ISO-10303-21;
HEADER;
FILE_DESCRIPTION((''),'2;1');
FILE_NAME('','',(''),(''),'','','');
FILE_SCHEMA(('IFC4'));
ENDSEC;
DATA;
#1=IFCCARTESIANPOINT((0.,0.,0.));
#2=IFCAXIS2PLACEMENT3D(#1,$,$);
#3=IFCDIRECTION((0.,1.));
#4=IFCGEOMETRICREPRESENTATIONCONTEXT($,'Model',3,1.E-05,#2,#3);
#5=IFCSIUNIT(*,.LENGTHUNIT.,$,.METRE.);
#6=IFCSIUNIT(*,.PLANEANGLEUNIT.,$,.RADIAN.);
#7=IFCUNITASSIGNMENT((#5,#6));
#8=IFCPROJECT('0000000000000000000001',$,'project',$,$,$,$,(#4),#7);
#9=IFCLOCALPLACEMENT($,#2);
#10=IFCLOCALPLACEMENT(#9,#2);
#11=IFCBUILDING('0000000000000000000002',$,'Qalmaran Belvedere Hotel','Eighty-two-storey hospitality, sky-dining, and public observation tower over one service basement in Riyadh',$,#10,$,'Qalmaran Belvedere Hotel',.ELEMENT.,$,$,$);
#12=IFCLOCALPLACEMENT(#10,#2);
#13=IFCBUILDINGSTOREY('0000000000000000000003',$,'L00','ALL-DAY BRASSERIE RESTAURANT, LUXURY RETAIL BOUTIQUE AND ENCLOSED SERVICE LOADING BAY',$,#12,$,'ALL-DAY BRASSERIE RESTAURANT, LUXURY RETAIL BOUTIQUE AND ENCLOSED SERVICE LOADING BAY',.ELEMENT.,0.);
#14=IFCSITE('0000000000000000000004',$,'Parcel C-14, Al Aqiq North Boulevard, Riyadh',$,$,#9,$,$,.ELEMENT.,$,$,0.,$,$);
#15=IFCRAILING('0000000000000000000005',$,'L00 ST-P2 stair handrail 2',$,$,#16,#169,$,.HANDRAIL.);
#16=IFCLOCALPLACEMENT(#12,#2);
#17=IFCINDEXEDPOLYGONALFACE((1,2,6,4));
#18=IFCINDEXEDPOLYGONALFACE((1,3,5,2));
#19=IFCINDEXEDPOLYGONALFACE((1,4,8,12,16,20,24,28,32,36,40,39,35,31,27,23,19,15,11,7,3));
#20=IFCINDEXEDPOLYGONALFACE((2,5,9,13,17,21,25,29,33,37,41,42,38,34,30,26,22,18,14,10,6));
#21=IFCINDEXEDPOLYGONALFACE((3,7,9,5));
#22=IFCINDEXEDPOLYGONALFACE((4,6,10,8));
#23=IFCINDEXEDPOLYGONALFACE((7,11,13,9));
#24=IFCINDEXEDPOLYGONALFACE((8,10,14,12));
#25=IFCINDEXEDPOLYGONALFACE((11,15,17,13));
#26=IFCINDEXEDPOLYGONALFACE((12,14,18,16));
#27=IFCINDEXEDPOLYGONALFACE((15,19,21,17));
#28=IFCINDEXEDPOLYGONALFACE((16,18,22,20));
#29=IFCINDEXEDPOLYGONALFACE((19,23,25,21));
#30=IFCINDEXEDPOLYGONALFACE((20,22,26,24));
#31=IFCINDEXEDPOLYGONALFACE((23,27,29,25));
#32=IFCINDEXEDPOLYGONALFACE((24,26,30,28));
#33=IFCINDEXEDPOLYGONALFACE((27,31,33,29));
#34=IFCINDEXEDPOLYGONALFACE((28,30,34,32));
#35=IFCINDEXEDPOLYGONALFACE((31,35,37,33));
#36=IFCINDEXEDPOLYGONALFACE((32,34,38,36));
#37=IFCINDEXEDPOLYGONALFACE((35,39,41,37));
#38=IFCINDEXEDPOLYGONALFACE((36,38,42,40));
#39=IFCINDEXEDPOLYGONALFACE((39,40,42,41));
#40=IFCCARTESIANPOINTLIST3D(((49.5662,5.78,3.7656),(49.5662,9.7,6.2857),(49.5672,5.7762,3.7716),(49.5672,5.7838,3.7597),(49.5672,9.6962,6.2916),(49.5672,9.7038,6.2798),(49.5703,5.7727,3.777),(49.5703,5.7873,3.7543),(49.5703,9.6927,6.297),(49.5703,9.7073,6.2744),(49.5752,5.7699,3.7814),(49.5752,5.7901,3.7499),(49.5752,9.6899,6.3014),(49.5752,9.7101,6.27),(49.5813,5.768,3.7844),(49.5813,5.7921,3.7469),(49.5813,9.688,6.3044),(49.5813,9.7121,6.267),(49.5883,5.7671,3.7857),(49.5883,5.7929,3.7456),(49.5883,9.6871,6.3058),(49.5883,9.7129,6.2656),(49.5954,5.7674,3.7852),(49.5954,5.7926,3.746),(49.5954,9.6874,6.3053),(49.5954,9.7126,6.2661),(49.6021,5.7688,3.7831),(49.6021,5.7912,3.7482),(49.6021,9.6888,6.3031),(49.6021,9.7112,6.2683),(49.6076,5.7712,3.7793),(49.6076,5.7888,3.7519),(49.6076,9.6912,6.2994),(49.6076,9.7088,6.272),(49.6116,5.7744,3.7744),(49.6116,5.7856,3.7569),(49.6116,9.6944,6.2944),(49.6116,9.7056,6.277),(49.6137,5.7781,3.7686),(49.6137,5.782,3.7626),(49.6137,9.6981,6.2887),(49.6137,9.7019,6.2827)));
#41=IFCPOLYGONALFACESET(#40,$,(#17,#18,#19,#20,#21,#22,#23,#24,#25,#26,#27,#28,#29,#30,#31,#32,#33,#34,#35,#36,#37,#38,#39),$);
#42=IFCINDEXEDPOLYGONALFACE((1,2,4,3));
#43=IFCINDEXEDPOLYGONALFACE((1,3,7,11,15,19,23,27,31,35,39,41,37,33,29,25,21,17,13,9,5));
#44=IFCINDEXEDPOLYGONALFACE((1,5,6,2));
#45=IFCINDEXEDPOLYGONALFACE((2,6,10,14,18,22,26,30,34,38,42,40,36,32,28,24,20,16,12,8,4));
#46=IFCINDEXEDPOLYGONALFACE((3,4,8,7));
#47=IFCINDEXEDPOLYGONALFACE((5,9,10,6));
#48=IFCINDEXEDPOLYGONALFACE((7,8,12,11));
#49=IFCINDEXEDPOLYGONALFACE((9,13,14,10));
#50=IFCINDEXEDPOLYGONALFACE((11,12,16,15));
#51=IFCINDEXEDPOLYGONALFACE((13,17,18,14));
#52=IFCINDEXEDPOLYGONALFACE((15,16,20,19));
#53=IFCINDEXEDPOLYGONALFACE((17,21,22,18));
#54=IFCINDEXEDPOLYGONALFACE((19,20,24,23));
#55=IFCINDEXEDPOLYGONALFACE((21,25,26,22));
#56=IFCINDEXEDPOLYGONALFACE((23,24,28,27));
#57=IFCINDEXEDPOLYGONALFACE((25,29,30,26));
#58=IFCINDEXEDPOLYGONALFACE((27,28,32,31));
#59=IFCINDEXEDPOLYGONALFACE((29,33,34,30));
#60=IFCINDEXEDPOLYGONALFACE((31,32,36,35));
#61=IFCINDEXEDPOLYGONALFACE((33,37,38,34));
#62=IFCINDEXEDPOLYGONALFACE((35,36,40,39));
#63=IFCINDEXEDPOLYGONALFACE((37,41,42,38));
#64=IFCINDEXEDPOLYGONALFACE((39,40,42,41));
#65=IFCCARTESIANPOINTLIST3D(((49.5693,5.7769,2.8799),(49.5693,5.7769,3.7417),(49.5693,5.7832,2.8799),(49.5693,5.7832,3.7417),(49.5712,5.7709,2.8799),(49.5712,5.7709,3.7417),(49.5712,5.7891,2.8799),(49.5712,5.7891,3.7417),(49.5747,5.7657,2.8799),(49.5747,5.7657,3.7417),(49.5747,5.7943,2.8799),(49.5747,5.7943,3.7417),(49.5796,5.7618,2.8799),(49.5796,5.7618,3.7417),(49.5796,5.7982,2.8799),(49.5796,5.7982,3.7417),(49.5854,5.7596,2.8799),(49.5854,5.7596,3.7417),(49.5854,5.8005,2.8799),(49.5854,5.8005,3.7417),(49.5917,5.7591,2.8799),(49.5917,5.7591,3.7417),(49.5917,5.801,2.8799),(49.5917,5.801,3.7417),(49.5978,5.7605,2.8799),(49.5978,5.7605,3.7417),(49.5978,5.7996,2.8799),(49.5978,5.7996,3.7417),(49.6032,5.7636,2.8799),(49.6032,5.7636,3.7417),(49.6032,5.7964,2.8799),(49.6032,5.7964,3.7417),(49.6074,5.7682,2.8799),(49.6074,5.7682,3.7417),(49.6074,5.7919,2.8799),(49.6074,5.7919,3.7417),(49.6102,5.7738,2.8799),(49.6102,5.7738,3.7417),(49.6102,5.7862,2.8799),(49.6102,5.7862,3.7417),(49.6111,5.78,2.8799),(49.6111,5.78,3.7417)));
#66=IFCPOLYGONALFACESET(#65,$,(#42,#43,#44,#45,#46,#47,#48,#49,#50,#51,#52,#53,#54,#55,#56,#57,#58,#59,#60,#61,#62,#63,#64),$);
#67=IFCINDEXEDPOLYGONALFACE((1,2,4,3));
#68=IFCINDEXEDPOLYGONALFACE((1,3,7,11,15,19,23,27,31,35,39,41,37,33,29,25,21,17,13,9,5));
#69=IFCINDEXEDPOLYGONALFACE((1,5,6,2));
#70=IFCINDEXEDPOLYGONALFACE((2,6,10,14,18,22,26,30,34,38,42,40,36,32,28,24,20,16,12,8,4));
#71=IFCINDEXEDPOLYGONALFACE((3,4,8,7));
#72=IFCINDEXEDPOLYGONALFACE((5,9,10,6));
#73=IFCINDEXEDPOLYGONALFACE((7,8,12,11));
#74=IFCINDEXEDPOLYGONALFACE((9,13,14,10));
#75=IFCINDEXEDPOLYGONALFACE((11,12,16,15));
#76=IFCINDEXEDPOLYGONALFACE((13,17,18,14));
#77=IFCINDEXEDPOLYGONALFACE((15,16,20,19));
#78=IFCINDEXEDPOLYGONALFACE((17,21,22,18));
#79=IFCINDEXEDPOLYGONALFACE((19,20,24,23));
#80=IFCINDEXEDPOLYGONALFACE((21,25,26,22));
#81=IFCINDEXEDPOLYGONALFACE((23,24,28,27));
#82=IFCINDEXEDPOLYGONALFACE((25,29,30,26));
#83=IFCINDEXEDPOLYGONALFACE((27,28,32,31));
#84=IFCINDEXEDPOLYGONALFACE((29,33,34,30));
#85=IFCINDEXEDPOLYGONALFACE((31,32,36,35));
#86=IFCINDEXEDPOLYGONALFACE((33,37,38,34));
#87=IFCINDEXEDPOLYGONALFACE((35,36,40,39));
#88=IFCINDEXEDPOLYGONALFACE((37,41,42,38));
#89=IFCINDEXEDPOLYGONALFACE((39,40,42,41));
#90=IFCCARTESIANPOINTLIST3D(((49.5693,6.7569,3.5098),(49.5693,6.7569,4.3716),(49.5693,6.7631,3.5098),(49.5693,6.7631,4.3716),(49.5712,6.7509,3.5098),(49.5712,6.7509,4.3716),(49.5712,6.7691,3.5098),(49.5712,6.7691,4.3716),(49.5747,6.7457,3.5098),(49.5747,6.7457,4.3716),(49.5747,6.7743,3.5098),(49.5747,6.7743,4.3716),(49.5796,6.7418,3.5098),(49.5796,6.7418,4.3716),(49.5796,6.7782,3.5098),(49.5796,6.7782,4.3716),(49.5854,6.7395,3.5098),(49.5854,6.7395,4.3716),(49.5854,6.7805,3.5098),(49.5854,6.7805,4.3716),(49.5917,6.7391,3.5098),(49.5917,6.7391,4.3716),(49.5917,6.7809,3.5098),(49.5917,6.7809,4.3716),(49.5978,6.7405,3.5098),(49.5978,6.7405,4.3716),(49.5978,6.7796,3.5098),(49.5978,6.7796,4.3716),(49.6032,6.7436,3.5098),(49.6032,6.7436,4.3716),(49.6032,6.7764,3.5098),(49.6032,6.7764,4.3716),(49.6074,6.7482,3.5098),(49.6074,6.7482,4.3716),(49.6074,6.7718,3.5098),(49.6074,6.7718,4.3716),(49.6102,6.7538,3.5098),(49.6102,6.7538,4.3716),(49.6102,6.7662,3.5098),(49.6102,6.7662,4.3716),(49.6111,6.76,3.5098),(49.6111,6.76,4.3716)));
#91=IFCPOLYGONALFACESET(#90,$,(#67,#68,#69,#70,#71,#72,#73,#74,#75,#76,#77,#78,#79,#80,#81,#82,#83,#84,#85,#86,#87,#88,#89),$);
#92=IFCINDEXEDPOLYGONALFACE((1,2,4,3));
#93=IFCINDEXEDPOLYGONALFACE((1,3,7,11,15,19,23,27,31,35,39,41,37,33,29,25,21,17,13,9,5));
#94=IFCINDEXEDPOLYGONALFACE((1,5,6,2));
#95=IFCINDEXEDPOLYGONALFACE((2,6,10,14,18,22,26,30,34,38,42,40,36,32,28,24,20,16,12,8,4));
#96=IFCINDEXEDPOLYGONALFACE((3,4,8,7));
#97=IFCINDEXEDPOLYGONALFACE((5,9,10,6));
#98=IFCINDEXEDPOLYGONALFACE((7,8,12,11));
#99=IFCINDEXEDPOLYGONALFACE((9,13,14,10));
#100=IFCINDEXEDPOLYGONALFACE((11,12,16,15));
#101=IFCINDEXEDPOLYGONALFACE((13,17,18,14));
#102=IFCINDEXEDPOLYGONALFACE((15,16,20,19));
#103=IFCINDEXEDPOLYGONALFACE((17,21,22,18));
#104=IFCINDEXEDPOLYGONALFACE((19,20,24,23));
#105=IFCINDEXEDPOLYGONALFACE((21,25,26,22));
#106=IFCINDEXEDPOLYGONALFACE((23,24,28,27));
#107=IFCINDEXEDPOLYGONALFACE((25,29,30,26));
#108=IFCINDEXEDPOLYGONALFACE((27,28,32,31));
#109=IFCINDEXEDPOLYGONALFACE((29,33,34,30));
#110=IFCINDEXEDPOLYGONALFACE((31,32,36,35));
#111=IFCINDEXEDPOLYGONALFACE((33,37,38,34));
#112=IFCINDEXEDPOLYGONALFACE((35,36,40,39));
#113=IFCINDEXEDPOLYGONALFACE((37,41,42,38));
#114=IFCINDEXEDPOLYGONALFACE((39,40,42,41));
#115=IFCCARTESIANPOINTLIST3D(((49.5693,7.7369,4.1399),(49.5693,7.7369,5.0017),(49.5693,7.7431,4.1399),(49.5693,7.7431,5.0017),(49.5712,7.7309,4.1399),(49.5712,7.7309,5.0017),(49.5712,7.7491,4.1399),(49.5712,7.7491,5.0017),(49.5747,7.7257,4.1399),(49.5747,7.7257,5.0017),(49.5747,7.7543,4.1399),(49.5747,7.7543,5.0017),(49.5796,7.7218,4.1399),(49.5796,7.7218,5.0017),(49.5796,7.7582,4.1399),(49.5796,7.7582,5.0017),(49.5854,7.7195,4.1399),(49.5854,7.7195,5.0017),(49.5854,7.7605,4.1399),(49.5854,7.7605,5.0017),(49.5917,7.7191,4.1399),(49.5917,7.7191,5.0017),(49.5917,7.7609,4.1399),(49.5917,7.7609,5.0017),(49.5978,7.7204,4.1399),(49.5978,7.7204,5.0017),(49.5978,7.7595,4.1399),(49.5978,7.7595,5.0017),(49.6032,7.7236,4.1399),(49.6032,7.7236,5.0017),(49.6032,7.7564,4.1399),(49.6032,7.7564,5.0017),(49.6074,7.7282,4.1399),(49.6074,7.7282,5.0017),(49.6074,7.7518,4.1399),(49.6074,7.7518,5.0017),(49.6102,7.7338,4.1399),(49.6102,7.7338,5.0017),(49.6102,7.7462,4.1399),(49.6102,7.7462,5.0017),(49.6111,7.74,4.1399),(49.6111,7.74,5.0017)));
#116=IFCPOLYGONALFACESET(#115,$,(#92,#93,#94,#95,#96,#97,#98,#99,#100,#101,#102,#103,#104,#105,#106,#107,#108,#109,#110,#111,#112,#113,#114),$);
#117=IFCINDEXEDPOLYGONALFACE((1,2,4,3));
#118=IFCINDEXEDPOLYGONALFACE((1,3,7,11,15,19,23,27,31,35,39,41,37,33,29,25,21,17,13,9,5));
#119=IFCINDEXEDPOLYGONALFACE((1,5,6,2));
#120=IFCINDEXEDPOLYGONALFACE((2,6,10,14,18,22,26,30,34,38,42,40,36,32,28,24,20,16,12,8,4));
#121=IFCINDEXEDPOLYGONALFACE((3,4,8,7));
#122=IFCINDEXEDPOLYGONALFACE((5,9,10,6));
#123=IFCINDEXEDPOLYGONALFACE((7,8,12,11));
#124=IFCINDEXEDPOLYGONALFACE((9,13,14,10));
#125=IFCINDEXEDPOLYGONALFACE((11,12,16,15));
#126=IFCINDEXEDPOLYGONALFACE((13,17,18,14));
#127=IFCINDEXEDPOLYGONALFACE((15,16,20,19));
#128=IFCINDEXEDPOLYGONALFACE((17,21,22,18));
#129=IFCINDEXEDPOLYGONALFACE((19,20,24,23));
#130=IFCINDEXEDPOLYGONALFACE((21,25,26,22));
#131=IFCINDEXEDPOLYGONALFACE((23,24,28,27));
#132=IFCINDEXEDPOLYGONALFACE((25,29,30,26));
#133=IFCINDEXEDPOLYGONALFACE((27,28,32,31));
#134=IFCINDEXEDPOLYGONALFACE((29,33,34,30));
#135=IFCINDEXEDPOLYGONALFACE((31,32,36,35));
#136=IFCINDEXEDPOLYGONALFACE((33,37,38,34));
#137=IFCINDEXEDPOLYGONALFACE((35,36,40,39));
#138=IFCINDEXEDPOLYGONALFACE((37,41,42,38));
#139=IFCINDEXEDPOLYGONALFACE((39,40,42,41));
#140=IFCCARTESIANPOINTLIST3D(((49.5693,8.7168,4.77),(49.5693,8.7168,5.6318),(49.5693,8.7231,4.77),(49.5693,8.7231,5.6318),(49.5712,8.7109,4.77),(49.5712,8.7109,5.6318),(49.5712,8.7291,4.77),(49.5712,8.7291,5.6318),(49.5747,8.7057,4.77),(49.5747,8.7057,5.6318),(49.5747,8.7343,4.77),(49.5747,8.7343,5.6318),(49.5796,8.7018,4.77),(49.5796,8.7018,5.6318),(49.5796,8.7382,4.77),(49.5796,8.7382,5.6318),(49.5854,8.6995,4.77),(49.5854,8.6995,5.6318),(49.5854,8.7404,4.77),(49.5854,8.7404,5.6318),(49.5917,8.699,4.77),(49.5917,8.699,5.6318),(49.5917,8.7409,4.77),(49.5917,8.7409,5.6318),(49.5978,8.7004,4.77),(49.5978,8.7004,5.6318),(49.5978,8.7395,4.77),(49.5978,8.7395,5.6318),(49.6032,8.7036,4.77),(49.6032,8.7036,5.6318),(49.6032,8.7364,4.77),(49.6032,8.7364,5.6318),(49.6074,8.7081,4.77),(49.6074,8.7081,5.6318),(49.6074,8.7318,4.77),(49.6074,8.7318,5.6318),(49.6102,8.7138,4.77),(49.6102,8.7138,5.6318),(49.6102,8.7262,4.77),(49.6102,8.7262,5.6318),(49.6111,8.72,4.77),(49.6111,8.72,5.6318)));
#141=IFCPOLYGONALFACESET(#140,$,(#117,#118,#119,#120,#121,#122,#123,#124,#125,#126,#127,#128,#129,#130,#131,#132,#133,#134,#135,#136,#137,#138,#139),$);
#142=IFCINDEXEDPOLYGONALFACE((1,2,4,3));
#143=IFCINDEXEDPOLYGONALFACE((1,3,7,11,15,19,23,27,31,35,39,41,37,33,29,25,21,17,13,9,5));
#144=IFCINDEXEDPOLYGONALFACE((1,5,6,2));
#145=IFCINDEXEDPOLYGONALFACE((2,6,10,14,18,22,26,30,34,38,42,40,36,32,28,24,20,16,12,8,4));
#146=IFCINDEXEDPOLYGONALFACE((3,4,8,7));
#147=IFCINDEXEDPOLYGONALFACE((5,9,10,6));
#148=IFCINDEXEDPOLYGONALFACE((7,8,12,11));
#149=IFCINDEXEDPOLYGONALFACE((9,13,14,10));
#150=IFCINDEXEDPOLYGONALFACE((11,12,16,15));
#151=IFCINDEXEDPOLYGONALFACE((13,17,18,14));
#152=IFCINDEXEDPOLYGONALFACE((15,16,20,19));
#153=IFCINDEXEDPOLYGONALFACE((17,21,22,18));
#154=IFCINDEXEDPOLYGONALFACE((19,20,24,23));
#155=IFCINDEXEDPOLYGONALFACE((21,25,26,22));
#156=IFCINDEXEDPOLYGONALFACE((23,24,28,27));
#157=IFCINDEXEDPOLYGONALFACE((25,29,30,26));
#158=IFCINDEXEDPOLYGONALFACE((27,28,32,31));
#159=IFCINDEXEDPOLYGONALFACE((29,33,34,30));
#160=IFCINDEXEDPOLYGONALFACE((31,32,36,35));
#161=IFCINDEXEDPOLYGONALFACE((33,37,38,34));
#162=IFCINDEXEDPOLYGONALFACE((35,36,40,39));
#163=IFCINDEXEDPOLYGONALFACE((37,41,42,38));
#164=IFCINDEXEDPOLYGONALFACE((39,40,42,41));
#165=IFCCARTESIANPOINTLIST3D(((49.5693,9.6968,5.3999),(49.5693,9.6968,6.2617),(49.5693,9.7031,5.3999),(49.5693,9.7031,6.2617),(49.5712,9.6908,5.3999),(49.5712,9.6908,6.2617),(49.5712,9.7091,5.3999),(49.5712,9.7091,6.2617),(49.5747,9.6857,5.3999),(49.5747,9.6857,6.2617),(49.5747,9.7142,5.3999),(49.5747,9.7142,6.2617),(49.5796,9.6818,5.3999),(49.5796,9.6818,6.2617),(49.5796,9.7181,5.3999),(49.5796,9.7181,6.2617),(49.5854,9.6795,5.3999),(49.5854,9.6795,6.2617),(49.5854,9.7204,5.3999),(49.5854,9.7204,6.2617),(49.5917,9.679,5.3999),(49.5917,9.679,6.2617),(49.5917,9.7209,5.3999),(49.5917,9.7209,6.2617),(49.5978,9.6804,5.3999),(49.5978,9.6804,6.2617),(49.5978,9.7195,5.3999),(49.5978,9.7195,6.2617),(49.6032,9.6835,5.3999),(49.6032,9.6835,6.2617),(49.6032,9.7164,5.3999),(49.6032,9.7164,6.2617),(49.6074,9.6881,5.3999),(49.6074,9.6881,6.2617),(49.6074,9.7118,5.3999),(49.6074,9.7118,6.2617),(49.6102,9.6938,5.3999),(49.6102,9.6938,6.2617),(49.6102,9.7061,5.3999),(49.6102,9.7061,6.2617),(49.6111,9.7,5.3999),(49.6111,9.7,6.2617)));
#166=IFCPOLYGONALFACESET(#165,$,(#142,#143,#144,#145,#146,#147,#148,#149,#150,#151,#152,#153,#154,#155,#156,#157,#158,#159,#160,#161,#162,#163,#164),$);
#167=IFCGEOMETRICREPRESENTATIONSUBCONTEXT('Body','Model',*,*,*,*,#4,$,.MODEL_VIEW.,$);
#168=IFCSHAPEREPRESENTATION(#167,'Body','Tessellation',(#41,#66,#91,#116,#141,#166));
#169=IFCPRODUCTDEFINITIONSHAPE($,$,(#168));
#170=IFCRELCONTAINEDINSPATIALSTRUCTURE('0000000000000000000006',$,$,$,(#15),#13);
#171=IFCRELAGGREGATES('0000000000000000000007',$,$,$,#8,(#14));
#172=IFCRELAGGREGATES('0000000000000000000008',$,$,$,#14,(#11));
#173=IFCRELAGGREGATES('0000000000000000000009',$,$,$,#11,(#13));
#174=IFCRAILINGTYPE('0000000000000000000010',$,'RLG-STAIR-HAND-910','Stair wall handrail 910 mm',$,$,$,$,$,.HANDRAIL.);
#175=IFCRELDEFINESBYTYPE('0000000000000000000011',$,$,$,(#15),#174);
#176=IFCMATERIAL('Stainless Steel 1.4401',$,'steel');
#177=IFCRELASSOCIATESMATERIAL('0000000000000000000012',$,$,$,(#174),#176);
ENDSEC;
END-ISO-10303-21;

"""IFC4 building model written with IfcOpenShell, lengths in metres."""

from ifc_helpers import new_model, si_unit, direction, frame, origin, origin_2d, place, context, subcontext, project, spatial, circle, extrude, material, type_object, element, save


model = new_model("IFC4")

# Units and contexts
model_context = context("Model", 3, precision=1e-05, world=origin(), true_north=direction((0.0, 1.0)))
body_context = subcontext(model_context, "Body", "Model", "MODEL_VIEW")
ifc_project = project(units=[si_unit("LENGTHUNIT", "METRE"), si_unit("PLANEANGLEUNIT", "RADIAN")], contexts=[model_context])

# Site, building, storey
site_placement = place(None, origin())
site = spatial("IfcSite", under=ifc_project, at=site_placement, Name="Parcel C-14, Al Aqiq North Boulevard, Riyadh", CompositionType="ELEMENT", RefElevation=0.0)
building_placement = place(site_placement, origin())
building = spatial("IfcBuilding", under=site, at=building_placement, Name="Qalmaran Belvedere Hotel", Description="Eighty-two-storey hospitality, sky-dining, and public observation tower over one service basement in Riyadh", LongName="Qalmaran Belvedere Hotel", CompositionType="ELEMENT")
storey_placement = place(building_placement, origin())
storey = spatial("IfcBuildingStorey", under=building, at=storey_placement, Name="L00", Description="ALL-DAY BRASSERIE RESTAURANT, LUXURY RETAIL BOUTIQUE AND ENCLOSED SERVICE LOADING BAY", LongName="ALL-DAY BRASSERIE RESTAURANT, LUXURY RETAIL BOUTIQUE AND ENCLOSED SERVICE LOADING BAY", CompositionType="ELEMENT", Elevation=0.0)

# Railing
ifc_material_1 = material(Name="Stainless Steel 1.4401", Category="steel")
railing_type_1 = type_object("IfcRailingType", Name="RLG-STAIR-HAND-910", Description="Stair wall handrail 910 mm", PredefinedType="HANDRAIL", material=ifc_material_1)
railing_1_placement = place(storey_placement, frame((49.5901, 5.78, 2.8799)))
element("IfcRailing", 1, at=railing_1_placement, inside=storey, type_object=railing_type_1, Name="L00 ST-P2 stair handrail 2", PredefinedType="HANDRAIL", context=body_context, shape_type="SweptSolid", body=[
    extrude(circle(Radius=0.0239, at=origin_2d()), frame((0.0, 0.0, 0.8857), z_axis=(0.0, 0.841172, 0.540768), x_axis=(-1.0, 0.0, 0.0)), (0.0, 0.0, 1.0), 4.6602),
    extrude(circle(Radius=0.021, at=origin_2d()), origin(), (0.0, 0.0, 1.0), 0.8618),
    extrude(circle(Radius=0.021, at=origin_2d()), frame((0.0, 0.98, 0.6299)), (0.0, 0.0, 1.0), 0.8618),
    extrude(circle(Radius=0.021, at=origin_2d()), frame((0.0, 1.96, 1.26)), (0.0, 0.0, 1.0), 0.8618),
    extrude(circle(Radius=0.021, at=origin_2d()), frame((0.0, 2.9399, 1.8901)), (0.0, 0.0, 1.0), 0.8618),
    extrude(circle(Radius=0.021, at=origin_2d()), frame((0.0, 3.9199, 2.52)), (0.0, 0.0, 1.0), 0.8618),
])

save(model, "model.ifc")
